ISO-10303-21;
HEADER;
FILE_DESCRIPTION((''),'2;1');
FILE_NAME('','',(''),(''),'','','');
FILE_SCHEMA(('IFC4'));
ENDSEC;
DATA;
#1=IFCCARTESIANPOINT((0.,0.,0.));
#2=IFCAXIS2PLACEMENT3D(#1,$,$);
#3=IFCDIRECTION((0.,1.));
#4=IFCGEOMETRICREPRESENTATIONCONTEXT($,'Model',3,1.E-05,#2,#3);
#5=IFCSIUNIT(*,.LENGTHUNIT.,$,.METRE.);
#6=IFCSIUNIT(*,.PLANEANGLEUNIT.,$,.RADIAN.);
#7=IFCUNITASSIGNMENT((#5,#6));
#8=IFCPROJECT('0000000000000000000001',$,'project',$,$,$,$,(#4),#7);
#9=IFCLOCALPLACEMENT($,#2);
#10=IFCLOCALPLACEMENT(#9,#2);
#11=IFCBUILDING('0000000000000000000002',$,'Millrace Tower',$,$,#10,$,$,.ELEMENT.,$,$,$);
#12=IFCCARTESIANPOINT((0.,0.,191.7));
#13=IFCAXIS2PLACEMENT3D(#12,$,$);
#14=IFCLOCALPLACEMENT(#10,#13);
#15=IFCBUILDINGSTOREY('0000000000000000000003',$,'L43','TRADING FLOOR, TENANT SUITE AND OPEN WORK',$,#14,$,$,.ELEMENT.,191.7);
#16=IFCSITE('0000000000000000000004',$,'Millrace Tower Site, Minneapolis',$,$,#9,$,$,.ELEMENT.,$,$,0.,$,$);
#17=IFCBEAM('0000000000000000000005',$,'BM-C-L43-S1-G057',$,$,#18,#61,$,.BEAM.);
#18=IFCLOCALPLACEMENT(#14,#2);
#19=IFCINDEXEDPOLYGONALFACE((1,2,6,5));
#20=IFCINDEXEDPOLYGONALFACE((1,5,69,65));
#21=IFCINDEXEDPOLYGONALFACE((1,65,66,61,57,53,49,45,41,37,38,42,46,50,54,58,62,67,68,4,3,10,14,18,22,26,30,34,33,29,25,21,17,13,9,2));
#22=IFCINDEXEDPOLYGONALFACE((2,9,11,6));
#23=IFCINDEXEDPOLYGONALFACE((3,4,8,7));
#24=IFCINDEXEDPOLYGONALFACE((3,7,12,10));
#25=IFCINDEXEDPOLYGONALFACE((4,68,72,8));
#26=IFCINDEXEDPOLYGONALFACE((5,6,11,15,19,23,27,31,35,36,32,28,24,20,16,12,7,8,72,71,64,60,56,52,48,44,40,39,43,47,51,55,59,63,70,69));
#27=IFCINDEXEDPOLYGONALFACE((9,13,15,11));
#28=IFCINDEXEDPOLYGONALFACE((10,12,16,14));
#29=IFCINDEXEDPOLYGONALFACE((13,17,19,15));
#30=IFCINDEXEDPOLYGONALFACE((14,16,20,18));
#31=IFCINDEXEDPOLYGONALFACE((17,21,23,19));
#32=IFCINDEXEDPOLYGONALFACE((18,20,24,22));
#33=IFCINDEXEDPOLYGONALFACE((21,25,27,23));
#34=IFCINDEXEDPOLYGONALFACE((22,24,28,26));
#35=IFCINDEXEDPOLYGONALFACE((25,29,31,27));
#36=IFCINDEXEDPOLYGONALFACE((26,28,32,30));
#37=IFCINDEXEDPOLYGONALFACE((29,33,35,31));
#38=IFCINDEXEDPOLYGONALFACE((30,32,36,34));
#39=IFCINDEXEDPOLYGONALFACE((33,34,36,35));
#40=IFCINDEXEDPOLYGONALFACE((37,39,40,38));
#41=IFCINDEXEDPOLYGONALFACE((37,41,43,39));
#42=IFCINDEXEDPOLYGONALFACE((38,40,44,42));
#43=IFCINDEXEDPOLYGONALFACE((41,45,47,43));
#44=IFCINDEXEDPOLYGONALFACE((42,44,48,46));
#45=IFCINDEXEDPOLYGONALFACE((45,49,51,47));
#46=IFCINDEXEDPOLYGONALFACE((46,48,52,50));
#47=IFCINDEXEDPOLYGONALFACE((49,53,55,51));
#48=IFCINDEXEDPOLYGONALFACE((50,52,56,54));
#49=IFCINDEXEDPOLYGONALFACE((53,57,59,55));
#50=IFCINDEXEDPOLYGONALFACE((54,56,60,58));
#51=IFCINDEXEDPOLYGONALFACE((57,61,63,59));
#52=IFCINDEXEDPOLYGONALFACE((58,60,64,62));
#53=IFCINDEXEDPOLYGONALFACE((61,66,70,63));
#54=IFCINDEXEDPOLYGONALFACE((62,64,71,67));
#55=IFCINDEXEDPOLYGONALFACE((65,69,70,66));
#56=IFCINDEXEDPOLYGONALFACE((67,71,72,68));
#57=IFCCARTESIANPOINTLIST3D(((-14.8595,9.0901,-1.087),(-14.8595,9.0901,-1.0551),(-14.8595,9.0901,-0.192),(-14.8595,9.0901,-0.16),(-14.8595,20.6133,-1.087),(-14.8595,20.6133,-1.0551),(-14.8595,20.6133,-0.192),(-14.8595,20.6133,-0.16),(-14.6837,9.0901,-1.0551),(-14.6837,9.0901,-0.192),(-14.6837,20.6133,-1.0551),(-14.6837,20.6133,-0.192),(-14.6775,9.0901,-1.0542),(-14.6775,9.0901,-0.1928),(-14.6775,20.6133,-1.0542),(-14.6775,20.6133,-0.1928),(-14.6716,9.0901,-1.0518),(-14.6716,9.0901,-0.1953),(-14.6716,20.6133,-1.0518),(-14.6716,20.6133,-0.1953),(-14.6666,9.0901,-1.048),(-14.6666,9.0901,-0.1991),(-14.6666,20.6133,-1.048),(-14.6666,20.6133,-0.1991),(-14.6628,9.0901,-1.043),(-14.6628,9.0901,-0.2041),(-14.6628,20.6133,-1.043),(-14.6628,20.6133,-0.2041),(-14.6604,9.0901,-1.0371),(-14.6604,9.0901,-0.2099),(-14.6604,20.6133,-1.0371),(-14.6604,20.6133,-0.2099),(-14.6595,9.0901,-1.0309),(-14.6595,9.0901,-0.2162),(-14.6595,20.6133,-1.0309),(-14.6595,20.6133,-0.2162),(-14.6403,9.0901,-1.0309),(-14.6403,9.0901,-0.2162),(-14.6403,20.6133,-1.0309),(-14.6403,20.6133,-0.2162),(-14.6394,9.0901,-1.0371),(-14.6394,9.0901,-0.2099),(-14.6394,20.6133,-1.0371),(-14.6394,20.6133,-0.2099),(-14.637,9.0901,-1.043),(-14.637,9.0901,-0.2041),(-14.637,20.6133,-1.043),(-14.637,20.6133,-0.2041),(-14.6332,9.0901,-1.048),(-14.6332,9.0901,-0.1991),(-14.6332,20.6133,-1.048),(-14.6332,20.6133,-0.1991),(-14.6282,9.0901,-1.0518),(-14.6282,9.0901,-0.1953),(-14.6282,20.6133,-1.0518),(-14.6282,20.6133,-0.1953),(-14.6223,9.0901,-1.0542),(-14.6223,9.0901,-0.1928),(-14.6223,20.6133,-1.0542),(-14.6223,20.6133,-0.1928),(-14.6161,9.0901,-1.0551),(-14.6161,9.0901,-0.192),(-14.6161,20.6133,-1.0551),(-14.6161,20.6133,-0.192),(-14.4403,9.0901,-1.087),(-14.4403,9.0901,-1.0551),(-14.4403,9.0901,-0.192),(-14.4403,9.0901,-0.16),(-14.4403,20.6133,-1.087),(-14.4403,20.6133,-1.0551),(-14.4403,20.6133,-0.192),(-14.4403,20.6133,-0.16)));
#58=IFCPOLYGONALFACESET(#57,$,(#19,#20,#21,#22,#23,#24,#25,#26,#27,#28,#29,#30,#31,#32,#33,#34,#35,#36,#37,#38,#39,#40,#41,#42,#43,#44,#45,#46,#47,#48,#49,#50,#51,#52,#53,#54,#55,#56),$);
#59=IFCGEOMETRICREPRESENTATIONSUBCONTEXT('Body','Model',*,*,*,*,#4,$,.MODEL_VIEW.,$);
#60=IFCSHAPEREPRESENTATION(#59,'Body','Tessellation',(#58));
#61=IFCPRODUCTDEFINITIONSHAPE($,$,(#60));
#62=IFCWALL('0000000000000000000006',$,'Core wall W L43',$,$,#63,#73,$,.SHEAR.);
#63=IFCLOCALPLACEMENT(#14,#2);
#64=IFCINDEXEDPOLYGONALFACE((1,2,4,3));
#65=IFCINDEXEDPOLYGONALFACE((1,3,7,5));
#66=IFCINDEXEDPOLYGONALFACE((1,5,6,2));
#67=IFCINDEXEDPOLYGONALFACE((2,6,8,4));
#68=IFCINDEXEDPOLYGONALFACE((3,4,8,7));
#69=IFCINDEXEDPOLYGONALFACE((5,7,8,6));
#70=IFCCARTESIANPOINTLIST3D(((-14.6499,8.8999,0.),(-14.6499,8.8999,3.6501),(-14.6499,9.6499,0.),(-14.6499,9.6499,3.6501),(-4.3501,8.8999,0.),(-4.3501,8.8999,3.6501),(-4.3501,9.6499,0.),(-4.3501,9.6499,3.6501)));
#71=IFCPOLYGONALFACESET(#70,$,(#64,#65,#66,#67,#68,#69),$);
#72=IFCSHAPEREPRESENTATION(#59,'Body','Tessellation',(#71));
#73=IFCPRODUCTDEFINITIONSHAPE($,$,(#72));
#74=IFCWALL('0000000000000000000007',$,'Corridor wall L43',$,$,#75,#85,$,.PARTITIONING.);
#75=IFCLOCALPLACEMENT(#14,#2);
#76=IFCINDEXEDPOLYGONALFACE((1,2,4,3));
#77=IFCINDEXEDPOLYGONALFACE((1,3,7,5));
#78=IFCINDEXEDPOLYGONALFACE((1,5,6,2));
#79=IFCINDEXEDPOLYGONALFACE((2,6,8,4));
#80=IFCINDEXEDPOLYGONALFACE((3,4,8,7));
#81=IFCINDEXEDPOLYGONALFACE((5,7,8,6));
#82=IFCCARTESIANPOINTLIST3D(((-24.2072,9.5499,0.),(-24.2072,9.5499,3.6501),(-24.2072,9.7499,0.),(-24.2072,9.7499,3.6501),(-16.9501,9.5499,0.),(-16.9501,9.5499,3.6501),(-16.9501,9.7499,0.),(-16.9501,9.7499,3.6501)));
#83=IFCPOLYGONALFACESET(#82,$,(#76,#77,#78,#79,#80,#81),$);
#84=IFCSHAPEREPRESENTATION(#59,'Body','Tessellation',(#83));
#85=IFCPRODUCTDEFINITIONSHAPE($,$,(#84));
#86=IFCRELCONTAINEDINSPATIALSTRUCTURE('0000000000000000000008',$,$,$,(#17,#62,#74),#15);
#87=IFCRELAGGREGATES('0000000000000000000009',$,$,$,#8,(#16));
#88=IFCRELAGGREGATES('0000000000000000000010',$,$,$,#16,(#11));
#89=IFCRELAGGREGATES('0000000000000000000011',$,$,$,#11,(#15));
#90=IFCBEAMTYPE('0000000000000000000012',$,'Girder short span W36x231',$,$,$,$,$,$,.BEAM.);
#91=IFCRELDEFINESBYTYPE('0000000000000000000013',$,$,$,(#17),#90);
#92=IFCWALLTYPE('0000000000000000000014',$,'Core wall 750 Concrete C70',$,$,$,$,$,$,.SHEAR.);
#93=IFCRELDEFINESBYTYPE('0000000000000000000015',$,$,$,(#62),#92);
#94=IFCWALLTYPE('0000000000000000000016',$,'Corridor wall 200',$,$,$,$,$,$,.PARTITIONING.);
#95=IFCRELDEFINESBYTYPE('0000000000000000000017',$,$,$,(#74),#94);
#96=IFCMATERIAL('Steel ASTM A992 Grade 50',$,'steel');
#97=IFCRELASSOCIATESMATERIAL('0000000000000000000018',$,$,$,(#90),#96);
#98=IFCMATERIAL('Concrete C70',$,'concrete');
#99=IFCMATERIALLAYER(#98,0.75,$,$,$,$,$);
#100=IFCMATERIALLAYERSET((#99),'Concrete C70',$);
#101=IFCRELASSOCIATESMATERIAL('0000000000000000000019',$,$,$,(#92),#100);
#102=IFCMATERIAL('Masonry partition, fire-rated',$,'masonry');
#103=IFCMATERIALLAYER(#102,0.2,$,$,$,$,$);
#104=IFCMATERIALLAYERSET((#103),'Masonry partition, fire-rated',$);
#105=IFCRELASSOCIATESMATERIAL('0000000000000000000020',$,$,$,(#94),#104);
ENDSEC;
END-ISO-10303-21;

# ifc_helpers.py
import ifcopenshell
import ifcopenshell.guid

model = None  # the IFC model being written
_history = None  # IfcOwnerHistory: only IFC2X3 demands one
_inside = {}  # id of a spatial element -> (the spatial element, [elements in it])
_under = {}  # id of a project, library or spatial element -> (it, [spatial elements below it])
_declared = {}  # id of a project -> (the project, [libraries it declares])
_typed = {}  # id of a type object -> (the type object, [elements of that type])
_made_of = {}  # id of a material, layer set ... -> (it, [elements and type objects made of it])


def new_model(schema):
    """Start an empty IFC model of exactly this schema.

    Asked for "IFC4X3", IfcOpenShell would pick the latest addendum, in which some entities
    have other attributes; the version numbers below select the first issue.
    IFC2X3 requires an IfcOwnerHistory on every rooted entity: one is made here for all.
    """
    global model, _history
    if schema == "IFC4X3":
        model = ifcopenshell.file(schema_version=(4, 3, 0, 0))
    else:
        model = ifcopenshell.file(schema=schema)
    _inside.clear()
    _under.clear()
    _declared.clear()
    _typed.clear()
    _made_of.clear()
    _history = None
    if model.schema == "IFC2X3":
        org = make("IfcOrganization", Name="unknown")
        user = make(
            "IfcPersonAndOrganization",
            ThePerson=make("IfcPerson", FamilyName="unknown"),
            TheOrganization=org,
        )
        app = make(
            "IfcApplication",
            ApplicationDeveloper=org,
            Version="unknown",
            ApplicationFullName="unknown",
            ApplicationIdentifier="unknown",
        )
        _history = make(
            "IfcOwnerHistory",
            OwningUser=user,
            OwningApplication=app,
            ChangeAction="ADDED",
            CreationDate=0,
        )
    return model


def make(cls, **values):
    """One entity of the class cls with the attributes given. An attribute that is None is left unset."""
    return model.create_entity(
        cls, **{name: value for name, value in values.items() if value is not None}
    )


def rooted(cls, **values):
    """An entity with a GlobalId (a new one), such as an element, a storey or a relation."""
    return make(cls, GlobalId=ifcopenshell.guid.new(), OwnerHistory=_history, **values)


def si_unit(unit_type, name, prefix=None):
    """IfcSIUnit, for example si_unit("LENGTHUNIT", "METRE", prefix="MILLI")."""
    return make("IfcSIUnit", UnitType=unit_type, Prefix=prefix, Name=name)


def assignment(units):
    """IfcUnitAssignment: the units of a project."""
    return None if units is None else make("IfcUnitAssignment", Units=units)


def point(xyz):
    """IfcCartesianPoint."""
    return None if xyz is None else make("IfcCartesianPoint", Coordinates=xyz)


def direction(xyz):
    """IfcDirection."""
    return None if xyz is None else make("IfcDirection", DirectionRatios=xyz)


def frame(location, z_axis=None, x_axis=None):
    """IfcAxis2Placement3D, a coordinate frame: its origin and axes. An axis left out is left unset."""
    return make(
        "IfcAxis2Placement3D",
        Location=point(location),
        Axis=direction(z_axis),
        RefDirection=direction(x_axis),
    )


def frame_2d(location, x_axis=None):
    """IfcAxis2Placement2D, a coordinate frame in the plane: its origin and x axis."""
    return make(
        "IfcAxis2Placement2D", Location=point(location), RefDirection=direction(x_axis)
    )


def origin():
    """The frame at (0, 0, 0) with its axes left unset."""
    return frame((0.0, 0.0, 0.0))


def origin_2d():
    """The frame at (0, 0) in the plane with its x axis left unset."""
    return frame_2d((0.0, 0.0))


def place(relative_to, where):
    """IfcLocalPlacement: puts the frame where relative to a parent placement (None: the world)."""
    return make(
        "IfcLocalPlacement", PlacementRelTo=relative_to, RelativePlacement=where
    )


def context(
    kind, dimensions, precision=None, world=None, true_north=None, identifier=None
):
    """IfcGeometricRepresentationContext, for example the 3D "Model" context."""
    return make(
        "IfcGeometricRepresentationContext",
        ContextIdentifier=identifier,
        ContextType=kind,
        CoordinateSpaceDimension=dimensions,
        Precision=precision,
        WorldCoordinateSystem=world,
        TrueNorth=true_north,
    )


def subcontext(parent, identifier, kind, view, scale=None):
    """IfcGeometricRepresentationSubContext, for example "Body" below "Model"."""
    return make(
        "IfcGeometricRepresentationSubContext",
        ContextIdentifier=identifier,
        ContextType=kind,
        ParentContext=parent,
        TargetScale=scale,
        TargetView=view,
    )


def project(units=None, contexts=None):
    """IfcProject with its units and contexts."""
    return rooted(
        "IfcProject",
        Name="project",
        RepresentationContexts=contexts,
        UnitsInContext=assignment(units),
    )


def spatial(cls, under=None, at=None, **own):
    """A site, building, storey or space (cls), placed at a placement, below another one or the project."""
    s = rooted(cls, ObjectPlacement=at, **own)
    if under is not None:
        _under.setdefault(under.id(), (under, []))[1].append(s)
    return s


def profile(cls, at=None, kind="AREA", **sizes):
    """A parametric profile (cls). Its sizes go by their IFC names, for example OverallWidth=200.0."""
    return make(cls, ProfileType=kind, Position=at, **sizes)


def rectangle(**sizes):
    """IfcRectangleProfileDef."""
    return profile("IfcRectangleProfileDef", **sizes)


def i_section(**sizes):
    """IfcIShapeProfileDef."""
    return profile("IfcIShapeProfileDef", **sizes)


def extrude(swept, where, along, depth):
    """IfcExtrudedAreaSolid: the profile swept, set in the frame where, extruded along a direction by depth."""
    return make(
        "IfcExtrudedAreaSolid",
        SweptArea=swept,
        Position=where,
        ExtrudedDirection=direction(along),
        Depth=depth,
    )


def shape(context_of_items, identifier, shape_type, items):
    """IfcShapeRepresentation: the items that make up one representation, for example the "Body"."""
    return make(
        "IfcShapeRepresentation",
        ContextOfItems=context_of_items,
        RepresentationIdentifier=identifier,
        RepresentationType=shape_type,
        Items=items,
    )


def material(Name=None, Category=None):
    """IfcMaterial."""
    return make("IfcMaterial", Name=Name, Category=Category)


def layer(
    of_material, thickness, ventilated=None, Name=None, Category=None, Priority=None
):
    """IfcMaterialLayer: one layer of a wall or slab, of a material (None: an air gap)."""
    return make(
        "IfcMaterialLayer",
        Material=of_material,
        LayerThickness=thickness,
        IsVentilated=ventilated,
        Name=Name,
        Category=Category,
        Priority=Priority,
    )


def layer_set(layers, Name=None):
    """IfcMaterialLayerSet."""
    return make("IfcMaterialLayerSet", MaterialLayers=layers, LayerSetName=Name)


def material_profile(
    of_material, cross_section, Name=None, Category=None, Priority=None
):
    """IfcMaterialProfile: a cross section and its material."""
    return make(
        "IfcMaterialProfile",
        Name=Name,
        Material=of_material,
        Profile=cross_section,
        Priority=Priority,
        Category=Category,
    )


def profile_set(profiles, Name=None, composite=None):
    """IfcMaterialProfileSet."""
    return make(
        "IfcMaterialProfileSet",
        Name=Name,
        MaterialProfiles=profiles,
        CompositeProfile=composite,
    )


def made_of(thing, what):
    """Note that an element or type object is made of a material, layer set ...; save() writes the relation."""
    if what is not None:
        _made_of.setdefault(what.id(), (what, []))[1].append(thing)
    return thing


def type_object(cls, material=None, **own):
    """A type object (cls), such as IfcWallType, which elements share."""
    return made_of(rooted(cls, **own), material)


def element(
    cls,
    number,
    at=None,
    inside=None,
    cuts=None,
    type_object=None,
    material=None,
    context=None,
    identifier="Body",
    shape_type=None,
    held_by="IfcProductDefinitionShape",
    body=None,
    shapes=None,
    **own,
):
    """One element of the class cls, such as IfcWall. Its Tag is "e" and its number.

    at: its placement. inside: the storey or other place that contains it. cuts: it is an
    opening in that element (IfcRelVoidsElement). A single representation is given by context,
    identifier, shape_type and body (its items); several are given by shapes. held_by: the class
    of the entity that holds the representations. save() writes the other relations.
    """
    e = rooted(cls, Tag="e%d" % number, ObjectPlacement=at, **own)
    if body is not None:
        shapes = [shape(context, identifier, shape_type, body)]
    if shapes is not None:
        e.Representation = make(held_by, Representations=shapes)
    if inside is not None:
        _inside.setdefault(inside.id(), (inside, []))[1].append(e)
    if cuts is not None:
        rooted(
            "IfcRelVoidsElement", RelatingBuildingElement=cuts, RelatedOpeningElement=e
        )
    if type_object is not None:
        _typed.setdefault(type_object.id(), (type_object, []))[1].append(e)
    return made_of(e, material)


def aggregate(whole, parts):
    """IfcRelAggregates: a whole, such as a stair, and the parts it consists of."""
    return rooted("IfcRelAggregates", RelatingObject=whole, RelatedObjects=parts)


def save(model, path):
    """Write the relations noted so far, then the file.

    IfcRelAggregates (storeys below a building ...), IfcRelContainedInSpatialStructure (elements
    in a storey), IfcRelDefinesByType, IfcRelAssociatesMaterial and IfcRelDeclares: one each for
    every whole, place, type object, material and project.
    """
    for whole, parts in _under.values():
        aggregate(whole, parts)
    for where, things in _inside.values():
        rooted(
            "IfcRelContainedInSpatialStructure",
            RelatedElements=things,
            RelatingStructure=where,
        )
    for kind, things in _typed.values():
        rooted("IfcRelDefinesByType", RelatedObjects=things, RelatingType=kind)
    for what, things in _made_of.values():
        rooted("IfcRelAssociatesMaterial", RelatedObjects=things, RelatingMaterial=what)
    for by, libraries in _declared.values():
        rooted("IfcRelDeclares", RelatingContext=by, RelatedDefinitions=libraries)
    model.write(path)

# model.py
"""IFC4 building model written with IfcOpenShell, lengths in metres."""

from ifc_helpers import new_model, si_unit, direction, frame, frame_2d, origin, origin_2d, place, context, subcontext, project, spatial, rectangle, i_section, extrude, material, layer, layer_set, material_profile, profile_set, type_object, element, save


model = new_model("IFC4")

# Units and contexts
model_context = context("Model", 3, precision=1e-05, world=origin(), true_north=direction((0.0, 1.0)))
body_context = subcontext(model_context, "Body", "Model", "MODEL_VIEW")
ifc_project = project(units=[si_unit("LENGTHUNIT", "METRE"), si_unit("PLANEANGLEUNIT", "RADIAN")], contexts=[model_context])

# Site, building, storey
site_placement = place(None, origin())
site = spatial("IfcSite", under=ifc_project, at=site_placement, Name="Millrace Tower Site, Minneapolis", CompositionType="ELEMENT", RefElevation=0.0)
building_placement = place(site_placement, origin())
building = spatial("IfcBuilding", under=site, at=building_placement, Name="Millrace Tower", CompositionType="ELEMENT")
storey_placement = place(building_placement, frame((0.0, 0.0, 191.7)))
storey = spatial("IfcBuildingStorey", under=building, at=storey_placement, Name="L43", Description="TRADING FLOOR, TENANT SUITE AND OPEN WORK", CompositionType="ELEMENT", Elevation=191.7)

# Beam
ifc_material_1 = material(Name="Steel ASTM A992 Grade 50", Category="steel")
ifc_material_profile_1 = material_profile(ifc_material_1, i_section(OverallWidth=0.4192, OverallDepth=0.927, WebThickness=0.0193, FlangeThickness=0.032, FilletRadius=0.0242, at=origin_2d()))
ifc_profile_set_1 = profile_set([ifc_material_profile_1], Name="Steel ASTM A992 Grade 50")
beam_type_1 = type_object("IfcBeamType", Name="Girder short span W36x231", PredefinedType="BEAM", material=ifc_profile_set_1)
beam_1_placement = place(storey_placement, frame((-14.6499, 9.0901, -0.6235), z_axis=(0.0, 1.0, 0.0), x_axis=(-1.0, 0.0, 0.0)))
element("IfcBeam", 1, at=beam_1_placement, inside=storey, type_object=beam_type_1, Name="BM-C-L43-S1-G057", PredefinedType="BEAM", context=body_context, shape_type="SweptSolid", body=[
    extrude(i_section(OverallWidth=0.4192, OverallDepth=0.927, WebThickness=0.0193, FlangeThickness=0.032, FilletRadius=0.0242, at=origin_2d()), origin(), (0.0, 0.0, 1.0), 11.5232),
])

# Walls
ifc_material_2 = material(Name="Concrete C70", Category="concrete")
ifc_layer_1 = layer(ifc_material_2, 0.75)
ifc_layer_set_1 = layer_set([ifc_layer_1], Name="Concrete C70")
wall_type_1 = type_object("IfcWallType", Name="Core wall 750 Concrete C70", PredefinedType="SHEAR", material=ifc_layer_set_1)
wall_1_placement = place(storey_placement, frame((-14.6499, 9.2749, 0.0), z_axis=(0.0, 0.0, 1.0), x_axis=(1.0, 0.0, 0.0)))
element("IfcWall", 2, at=wall_1_placement, inside=storey, type_object=wall_type_1, Name="Core wall W L43", PredefinedType="SHEAR", context=body_context, shape_type="SweptSolid", body=[
    extrude(rectangle(XDim=10.2998, YDim=0.75, at=frame_2d((5.1499, 0.0))), origin(), (0.0, 0.0, 1.0), 3.6501),
])
ifc_material_3 = material(Name="Masonry partition, fire-rated", Category="masonry")
ifc_layer_2 = layer(ifc_material_3, 0.2)
ifc_layer_set_2 = layer_set([ifc_layer_2], Name="Masonry partition, fire-rated")
wall_type_2 = type_object("IfcWallType", Name="Corridor wall 200", PredefinedType="PARTITIONING", material=ifc_layer_set_2)
wall_2_placement = place(storey_placement, frame((-24.207, 9.6499, 0.0), z_axis=(0.0, 0.0, 1.0), x_axis=(1.0, 0.0, 0.0)))
element("IfcWall", 3, at=wall_2_placement, inside=storey, type_object=wall_type_2, Name="Corridor wall L43", PredefinedType="PARTITIONING", context=body_context, shape_type="SweptSolid", body=[
    extrude(rectangle(XDim=7.2571, YDim=0.2, at=frame_2d((3.6284, 0.0))), origin(), (0.0, 0.0, 1.0), 3.6501),
])

save(model, "model.ifc")
